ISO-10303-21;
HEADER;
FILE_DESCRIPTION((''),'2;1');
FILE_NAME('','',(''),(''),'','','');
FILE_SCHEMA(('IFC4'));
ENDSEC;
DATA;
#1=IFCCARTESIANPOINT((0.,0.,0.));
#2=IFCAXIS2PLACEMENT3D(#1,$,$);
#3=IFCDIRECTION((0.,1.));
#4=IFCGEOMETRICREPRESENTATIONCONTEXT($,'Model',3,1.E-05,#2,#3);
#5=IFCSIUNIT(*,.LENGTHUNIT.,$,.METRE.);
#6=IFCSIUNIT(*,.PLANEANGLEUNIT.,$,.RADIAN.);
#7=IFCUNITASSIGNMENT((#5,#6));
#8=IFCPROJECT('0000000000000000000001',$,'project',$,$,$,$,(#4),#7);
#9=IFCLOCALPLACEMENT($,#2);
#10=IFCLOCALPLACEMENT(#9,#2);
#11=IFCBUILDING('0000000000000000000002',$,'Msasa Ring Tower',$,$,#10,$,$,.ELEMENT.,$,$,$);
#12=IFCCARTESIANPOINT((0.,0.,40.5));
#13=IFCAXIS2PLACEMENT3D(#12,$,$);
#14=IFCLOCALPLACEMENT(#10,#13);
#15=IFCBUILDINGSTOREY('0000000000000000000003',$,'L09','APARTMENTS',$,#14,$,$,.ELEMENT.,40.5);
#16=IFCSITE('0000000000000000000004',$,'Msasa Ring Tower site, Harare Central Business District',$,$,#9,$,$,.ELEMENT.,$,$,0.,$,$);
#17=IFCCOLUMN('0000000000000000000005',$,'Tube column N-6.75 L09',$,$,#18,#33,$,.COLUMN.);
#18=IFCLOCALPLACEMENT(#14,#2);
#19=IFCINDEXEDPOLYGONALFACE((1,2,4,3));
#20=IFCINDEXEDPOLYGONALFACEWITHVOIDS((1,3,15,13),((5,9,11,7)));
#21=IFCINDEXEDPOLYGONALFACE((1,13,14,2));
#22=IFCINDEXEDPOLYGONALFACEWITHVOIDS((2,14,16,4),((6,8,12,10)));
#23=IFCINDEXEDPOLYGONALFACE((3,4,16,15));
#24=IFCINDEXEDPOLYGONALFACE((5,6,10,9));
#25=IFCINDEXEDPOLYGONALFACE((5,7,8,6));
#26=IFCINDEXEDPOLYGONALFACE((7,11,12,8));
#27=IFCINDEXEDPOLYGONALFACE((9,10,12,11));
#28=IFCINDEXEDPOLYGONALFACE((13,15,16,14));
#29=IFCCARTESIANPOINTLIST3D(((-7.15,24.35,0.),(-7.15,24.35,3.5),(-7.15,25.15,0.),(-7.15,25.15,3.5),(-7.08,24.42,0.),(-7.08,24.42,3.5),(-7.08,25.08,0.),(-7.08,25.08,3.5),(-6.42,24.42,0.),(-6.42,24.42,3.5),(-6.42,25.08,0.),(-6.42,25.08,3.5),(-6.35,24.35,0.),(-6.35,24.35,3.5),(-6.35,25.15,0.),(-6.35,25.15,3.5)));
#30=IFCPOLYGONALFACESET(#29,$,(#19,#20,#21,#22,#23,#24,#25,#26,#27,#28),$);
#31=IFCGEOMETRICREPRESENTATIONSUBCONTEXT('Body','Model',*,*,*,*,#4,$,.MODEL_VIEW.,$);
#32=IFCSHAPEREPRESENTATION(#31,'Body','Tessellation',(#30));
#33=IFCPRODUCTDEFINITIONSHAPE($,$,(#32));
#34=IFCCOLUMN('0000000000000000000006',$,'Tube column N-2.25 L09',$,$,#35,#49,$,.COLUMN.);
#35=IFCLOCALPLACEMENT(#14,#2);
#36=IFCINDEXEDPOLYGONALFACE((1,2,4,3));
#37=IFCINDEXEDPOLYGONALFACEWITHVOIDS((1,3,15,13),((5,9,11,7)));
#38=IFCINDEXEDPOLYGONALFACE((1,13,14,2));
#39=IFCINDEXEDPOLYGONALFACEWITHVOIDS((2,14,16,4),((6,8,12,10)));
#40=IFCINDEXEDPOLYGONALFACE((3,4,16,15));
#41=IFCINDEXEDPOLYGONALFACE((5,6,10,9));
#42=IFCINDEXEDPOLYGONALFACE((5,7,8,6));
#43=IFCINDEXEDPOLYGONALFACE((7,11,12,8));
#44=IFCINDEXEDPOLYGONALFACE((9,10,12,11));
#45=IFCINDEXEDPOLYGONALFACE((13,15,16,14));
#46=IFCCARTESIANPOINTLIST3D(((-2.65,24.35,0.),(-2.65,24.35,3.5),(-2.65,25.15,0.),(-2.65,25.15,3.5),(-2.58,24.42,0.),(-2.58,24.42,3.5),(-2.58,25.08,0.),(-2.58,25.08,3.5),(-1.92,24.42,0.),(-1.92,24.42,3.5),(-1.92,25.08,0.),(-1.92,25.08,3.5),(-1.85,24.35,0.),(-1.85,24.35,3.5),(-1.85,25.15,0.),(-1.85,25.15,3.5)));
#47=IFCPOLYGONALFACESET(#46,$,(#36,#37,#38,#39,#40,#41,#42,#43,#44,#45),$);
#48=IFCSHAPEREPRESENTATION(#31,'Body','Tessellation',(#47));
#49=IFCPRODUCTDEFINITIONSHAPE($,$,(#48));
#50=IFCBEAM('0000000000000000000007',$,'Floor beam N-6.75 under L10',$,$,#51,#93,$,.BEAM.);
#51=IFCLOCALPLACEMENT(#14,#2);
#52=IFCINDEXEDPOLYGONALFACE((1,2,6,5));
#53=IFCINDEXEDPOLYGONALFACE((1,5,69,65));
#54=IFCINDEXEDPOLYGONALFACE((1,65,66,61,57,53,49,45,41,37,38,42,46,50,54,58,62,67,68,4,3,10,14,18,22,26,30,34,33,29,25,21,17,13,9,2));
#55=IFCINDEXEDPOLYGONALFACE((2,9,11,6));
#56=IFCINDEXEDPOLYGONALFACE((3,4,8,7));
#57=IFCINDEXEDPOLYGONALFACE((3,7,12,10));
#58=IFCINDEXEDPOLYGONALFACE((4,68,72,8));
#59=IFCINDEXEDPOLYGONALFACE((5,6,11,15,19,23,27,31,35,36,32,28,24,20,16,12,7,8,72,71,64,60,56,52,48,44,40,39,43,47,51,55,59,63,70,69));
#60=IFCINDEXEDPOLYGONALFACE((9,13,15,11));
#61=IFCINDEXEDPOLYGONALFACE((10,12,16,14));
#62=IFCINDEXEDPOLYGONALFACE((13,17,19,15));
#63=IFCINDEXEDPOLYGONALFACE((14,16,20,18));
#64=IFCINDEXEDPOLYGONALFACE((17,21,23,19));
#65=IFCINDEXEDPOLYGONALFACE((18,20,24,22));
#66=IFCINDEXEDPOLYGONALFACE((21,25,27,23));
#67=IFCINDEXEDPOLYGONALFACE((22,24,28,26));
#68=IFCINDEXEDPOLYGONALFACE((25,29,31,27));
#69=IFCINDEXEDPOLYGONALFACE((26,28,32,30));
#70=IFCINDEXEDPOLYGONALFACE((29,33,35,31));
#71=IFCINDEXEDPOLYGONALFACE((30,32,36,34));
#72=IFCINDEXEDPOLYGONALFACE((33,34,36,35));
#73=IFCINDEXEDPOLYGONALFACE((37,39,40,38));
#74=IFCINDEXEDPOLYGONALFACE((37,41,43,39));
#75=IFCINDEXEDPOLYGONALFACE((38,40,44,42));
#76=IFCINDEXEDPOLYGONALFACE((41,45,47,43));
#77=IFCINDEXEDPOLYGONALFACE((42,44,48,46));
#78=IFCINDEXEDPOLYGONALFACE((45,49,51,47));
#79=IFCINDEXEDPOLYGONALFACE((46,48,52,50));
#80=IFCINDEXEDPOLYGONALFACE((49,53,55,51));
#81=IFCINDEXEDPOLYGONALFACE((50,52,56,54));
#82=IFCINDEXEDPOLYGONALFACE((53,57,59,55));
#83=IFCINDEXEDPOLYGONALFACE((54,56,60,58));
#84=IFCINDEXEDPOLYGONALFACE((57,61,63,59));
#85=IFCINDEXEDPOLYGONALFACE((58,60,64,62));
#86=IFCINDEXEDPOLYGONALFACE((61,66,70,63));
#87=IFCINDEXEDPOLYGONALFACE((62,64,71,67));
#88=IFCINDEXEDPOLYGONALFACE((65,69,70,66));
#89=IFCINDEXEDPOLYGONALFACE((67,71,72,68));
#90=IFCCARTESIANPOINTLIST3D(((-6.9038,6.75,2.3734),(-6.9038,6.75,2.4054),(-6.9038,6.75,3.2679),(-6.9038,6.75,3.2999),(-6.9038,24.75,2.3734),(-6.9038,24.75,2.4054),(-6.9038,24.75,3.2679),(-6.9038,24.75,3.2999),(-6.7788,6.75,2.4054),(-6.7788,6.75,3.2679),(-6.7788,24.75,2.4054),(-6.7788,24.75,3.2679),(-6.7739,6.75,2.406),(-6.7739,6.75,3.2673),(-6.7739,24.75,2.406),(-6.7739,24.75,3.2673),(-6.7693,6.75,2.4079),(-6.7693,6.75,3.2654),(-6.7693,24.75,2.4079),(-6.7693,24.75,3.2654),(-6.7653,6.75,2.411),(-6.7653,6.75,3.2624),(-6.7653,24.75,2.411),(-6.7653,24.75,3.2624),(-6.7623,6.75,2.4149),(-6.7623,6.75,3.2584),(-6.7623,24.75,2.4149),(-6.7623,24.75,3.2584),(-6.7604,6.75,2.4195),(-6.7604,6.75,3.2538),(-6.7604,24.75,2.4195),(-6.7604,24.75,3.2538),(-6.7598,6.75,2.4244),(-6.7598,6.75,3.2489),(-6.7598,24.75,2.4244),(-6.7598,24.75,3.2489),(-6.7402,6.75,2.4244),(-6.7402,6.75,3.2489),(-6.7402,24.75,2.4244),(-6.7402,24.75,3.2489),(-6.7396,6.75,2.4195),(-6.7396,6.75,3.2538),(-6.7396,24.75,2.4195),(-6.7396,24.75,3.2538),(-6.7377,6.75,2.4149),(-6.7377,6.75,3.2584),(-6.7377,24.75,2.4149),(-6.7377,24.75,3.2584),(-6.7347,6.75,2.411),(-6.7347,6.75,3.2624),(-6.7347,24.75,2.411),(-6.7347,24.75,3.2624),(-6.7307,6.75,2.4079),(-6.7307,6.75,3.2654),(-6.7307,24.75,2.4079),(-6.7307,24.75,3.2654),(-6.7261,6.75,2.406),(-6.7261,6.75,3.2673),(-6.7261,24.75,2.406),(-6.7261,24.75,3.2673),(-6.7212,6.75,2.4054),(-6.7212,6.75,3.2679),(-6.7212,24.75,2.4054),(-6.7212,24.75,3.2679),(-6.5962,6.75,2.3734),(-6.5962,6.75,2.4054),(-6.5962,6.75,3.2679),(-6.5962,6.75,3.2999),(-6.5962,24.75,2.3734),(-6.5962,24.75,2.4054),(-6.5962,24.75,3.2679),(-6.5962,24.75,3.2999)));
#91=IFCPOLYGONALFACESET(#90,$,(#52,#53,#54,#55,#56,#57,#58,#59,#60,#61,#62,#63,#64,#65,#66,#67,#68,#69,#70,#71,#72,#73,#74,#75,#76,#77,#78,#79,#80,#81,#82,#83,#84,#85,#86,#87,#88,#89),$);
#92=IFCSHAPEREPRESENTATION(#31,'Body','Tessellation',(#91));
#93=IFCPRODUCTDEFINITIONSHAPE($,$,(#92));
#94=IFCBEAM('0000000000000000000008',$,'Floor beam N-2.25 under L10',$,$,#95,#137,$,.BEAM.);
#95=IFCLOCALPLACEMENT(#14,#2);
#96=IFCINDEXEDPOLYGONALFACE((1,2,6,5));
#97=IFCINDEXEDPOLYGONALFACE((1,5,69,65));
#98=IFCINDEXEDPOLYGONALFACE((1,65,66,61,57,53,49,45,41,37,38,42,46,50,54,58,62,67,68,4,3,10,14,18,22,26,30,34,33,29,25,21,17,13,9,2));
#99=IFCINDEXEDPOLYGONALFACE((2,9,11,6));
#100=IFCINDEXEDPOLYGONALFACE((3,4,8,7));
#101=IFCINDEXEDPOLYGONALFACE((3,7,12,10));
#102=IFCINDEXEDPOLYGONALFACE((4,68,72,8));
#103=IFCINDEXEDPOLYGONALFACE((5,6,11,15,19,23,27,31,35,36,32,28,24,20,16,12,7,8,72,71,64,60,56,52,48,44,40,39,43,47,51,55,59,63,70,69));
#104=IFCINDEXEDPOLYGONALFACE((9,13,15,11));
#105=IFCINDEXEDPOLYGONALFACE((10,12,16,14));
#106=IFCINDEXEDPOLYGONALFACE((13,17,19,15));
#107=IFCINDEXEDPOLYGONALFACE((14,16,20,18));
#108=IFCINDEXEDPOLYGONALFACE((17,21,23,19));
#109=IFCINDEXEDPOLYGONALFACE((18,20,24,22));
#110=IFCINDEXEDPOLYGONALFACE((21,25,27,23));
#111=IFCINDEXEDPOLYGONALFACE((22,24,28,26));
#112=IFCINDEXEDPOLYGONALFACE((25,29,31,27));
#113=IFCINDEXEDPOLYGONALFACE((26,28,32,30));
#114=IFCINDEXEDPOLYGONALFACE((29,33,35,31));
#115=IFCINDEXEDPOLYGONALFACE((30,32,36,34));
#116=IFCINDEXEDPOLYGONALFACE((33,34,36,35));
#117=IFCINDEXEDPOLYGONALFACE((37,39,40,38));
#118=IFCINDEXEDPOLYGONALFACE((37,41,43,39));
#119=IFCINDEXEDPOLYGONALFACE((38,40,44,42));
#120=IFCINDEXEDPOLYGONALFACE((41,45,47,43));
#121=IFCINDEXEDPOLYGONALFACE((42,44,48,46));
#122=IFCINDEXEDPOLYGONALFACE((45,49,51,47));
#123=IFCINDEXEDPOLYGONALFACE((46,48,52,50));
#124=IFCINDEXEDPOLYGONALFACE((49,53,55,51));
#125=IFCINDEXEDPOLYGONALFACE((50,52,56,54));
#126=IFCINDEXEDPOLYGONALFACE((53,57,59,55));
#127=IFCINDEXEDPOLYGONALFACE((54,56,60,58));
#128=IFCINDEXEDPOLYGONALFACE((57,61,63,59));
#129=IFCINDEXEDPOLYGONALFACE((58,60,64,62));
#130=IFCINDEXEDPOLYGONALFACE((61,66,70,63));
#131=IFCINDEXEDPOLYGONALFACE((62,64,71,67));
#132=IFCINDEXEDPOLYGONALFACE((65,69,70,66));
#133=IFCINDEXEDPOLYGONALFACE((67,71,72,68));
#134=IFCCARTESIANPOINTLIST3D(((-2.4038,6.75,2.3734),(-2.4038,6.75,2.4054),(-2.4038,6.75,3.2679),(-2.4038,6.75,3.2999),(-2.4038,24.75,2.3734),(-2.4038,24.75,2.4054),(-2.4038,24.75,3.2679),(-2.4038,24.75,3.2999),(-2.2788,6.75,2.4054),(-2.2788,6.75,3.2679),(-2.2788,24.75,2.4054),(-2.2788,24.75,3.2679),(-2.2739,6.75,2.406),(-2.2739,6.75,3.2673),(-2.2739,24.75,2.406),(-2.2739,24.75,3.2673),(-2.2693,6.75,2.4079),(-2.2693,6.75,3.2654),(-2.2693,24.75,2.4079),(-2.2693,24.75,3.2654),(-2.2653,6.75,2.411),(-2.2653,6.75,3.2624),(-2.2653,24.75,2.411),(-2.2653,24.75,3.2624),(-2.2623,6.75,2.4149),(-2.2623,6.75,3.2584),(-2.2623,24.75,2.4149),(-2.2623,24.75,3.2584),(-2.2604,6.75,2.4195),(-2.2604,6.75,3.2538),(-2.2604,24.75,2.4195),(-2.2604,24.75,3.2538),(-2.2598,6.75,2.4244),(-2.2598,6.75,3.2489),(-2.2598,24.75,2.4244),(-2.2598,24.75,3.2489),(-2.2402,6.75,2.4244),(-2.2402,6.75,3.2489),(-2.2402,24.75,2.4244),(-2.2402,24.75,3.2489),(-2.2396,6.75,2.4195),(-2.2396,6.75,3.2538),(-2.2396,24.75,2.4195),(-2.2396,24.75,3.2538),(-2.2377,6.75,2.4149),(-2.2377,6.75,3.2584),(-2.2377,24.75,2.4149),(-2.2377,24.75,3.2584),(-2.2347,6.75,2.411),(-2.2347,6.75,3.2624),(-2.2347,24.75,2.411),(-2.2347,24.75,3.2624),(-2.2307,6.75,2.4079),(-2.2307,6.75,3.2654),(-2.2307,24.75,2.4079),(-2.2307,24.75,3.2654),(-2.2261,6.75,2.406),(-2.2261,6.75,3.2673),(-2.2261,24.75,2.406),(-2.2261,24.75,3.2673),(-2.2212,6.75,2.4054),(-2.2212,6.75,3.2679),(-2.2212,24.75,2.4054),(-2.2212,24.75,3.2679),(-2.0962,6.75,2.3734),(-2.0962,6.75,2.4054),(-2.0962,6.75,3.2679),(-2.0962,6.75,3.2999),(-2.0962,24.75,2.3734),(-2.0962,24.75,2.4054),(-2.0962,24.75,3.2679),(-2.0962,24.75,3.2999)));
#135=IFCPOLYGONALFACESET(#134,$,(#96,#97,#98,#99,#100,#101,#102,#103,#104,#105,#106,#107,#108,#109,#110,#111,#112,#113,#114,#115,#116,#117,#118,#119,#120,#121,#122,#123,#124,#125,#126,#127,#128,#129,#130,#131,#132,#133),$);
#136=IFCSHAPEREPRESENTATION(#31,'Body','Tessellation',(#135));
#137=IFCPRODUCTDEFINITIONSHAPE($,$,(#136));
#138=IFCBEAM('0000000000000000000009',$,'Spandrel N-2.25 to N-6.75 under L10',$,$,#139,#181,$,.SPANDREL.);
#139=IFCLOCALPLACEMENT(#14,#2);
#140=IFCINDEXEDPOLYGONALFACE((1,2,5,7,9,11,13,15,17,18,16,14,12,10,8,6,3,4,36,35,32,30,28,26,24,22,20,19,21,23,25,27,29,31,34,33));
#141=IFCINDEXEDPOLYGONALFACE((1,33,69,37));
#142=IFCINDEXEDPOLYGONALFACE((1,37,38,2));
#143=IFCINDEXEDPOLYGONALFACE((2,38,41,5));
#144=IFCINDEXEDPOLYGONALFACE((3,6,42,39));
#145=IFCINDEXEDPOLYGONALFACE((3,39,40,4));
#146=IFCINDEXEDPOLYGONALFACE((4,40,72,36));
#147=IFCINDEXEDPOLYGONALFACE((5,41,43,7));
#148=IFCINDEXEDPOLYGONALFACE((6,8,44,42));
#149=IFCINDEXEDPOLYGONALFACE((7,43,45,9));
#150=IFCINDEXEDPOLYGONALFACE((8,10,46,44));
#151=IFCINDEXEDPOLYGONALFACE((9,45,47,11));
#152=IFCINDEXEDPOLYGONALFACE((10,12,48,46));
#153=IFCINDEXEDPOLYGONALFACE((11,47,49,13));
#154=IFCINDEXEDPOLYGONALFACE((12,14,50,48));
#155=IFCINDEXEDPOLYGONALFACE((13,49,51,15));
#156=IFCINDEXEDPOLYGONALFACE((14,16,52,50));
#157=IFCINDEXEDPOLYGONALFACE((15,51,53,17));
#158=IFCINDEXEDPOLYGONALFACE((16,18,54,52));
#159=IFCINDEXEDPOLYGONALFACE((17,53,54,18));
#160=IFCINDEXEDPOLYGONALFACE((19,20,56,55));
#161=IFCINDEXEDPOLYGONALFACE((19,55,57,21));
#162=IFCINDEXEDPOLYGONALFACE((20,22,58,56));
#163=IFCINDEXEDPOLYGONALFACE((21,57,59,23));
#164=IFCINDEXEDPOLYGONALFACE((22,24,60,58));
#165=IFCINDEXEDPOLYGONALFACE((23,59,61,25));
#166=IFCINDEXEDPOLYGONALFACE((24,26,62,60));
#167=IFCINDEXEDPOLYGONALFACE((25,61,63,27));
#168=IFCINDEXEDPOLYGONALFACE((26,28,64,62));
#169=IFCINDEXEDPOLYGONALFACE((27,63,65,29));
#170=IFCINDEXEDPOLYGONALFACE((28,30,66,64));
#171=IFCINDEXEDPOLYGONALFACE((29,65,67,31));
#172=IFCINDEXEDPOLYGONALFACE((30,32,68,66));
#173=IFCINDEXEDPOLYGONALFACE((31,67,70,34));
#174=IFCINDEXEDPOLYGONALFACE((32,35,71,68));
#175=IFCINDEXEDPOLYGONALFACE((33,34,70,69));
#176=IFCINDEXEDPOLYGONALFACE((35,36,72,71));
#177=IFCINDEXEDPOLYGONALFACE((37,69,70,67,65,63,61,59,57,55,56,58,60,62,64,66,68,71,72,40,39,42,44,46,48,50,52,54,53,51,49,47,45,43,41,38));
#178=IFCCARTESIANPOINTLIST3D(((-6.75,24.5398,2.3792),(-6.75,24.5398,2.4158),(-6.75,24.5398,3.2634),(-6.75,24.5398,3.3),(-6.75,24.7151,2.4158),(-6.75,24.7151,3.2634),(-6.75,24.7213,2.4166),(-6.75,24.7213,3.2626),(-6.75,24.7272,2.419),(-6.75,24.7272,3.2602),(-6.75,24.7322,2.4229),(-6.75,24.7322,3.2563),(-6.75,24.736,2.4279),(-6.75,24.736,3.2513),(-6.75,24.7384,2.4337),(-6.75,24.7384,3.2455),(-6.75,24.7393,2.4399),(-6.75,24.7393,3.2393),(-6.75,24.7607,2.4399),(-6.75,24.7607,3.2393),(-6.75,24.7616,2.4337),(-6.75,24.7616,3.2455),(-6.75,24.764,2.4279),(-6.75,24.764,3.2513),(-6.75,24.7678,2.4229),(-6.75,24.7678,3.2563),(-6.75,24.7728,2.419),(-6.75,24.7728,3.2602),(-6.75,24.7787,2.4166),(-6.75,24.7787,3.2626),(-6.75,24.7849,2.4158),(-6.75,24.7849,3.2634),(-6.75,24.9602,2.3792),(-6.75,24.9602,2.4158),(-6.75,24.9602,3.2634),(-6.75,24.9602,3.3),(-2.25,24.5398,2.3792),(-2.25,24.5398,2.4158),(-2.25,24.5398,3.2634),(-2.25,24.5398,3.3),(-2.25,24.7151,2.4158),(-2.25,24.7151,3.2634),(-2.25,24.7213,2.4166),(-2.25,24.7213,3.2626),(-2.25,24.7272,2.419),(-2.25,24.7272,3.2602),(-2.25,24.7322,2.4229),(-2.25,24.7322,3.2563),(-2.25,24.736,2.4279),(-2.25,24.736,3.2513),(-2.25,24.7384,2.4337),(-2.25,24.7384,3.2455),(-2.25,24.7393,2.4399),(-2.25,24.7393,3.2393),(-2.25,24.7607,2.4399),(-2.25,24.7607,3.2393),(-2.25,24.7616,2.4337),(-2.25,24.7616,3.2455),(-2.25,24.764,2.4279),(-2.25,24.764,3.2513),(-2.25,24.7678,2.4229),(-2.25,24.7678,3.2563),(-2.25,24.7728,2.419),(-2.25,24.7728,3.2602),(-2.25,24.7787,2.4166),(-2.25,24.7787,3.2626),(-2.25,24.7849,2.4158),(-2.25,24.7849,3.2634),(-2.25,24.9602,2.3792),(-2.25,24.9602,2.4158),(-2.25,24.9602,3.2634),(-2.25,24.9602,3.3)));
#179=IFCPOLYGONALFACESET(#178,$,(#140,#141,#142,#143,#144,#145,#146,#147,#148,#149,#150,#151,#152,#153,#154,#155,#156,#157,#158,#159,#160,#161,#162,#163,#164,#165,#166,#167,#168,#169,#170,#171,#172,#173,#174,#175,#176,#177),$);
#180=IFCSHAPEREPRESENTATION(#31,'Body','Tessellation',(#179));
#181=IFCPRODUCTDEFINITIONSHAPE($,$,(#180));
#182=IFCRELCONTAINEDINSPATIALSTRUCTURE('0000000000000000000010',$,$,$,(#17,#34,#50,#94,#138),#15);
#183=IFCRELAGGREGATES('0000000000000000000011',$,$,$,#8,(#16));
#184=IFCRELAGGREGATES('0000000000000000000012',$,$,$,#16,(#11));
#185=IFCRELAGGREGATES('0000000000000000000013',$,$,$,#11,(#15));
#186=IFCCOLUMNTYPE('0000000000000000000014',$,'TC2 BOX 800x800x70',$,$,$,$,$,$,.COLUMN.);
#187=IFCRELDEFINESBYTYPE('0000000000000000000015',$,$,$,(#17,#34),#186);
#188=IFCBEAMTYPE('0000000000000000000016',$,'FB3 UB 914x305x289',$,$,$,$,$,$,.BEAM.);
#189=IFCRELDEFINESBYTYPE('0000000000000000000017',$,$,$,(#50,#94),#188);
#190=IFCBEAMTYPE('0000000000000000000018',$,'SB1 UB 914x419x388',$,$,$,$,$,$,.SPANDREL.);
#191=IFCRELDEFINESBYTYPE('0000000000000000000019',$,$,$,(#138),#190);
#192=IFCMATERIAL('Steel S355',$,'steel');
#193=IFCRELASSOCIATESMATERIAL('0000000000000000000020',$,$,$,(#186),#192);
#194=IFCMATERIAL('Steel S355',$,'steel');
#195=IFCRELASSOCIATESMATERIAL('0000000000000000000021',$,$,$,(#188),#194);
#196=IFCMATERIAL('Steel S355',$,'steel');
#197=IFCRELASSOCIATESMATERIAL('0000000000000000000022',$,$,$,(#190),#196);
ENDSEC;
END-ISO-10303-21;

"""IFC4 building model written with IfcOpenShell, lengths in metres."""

from ifc_helpers import new_model, si_unit, direction, frame, origin, origin_2d, place, context, subcontext, project, spatial, hollow_rectangle, i_section, extrude, material, material_profile, profile_set, type_object, element, save


model = new_model("IFC4")

# Units and contexts
model_context = context("Model", 3, precision=1e-05, world=origin(), true_north=direction((0.0, 1.0)))
body_context = subcontext(model_context, "Body", "Model", "MODEL_VIEW")
ifc_project = project(units=[si_unit("LENGTHUNIT", "METRE"), si_unit("PLANEANGLEUNIT", "RADIAN")], contexts=[model_context])

# Site, building, storey
site_placement = place(None, origin())
site = spatial("IfcSite", under=ifc_project, at=site_placement, Name="Msasa Ring Tower site, Harare Central Business District", CompositionType="ELEMENT", RefElevation=0.0)
building_placement = place(site_placement, origin())
building = spatial("IfcBuilding", under=site, at=building_placement, Name="Msasa Ring Tower", CompositionType="ELEMENT")
storey_placement = place(building_placement, frame((0.0, 0.0, 40.5)))
storey = spatial("IfcBuildingStorey", under=building, at=storey_placement, Name="L09", Description="APARTMENTS", CompositionType="ELEMENT", Elevation=40.5)

# Columns
ifc_material_1 = material(Name="Steel S355", Category="steel")
ifc_material_profile_1 = material_profile(ifc_material_1, hollow_rectangle(XDim=0.8, YDim=0.8, WallThickness=0.0701, at=origin_2d()), Name="BOX 800x800x70")
ifc_profile_set_1 = profile_set([ifc_material_profile_1], Name="Steel S355")
column_type = type_object("IfcColumnType", Name="TC2 BOX 800x800x70", PredefinedType="COLUMN", material=ifc_profile_set_1)
for number, where, z_axis, x_axis, name in (
    (1, (-6.75, 24.75, 0.0), (0.0, 0.0, 1.0), (0.0, 1.0, 0.0), "Tube column N-6.75 L09"),
    (2, (-2.25, 24.75, 0.0), (0.0, 0.0, 1.0), (0.0, 1.0, 0.0), "Tube column N-2.25 L09"),
):
    element("IfcColumn", number, at=place(storey_placement, frame(where, z_axis=z_axis, x_axis=x_axis)), inside=storey, type_object=column_type, Name=name, PredefinedType="COLUMN", context=body_context, shape_type="SweptSolid", body=[
        extrude(hollow_rectangle(XDim=0.8, YDim=0.8, WallThickness=0.0701, at=origin_2d()), origin(), (0.0, 0.0, 1.0), 3.5),
    ])

# Beams
ifc_material_2 = material(Name="Steel S355", Category="steel")
ifc_material_profile_2 = material_profile(ifc_material_2, i_section(OverallWidth=0.3076, OverallDepth=0.9265, WebThickness=0.0195, FlangeThickness=0.032, FilletRadius=0.019, at=origin_2d()), Name="UB 914x305x289")
ifc_profile_set_2 = profile_set([ifc_material_profile_2], Name="Steel S355")
beam_type_1 = type_object("IfcBeamType", Name="FB3 UB 914x305x289", PredefinedType="BEAM", material=ifc_profile_set_2)
for number, where, z_axis, x_axis, name in (
    (3, (-6.75, 24.75, 2.8367), (0.0, -1.0, 0.0), (1.0, 0.0, 0.0), "Floor beam N-6.75 under L10"),
    (4, (-2.25, 24.75, 2.8367), (0.0, -1.0, 0.0), (1.0, 0.0, 0.0), "Floor beam N-2.25 under L10"),
):
    element("IfcBeam", number, at=place(storey_placement, frame(where, z_axis=z_axis, x_axis=x_axis)), inside=storey, type_object=beam_type_1, Name=name, PredefinedType="BEAM", context=body_context, shape_type="SweptSolid", body=[
        extrude(i_section(OverallWidth=0.3076, OverallDepth=0.9265, WebThickness=0.0195, FlangeThickness=0.032, FilletRadius=0.019, at=origin_2d()), origin(), (0.0, 0.0, 1.0), 18.0),
    ])
ifc_material_3 = material(Name="Steel S355", Category="steel")
ifc_material_profile_3 = material_profile(ifc_material_3, i_section(OverallWidth=0.4204, OverallDepth=0.9209, WebThickness=0.0215, FlangeThickness=0.0366, FilletRadius=0.0242, at=origin_2d()), Name="UB 914x419x388")
ifc_profile_set_3 = profile_set([ifc_material_profile_3], Name="Steel S355")
beam_type_2 = type_object("IfcBeamType", Name="SB1 UB 914x419x388", PredefinedType="SPANDREL", material=ifc_profile_set_3)
for number, where, z_axis, x_axis, name in (
    (5, (-2.25, 24.75, 2.8396), (-1.0, 0.0, 0.0), (0.0, -1.0, 0.0), "Spandrel N-2.25 to N-6.75 under L10"),
):
    element("IfcBeam", number, at=place(storey_placement, frame(where, z_axis=z_axis, x_axis=x_axis)), inside=storey, type_object=beam_type_2, Name=name, PredefinedType="SPANDREL", context=body_context, shape_type="SweptSolid", body=[
        extrude(i_section(OverallWidth=0.4204, OverallDepth=0.9209, WebThickness=0.0215, FlangeThickness=0.0366, FilletRadius=0.0242, at=origin_2d()), origin(), (0.0, 0.0, 1.0), 4.5),
    ])

save(model, "model.ifc")
